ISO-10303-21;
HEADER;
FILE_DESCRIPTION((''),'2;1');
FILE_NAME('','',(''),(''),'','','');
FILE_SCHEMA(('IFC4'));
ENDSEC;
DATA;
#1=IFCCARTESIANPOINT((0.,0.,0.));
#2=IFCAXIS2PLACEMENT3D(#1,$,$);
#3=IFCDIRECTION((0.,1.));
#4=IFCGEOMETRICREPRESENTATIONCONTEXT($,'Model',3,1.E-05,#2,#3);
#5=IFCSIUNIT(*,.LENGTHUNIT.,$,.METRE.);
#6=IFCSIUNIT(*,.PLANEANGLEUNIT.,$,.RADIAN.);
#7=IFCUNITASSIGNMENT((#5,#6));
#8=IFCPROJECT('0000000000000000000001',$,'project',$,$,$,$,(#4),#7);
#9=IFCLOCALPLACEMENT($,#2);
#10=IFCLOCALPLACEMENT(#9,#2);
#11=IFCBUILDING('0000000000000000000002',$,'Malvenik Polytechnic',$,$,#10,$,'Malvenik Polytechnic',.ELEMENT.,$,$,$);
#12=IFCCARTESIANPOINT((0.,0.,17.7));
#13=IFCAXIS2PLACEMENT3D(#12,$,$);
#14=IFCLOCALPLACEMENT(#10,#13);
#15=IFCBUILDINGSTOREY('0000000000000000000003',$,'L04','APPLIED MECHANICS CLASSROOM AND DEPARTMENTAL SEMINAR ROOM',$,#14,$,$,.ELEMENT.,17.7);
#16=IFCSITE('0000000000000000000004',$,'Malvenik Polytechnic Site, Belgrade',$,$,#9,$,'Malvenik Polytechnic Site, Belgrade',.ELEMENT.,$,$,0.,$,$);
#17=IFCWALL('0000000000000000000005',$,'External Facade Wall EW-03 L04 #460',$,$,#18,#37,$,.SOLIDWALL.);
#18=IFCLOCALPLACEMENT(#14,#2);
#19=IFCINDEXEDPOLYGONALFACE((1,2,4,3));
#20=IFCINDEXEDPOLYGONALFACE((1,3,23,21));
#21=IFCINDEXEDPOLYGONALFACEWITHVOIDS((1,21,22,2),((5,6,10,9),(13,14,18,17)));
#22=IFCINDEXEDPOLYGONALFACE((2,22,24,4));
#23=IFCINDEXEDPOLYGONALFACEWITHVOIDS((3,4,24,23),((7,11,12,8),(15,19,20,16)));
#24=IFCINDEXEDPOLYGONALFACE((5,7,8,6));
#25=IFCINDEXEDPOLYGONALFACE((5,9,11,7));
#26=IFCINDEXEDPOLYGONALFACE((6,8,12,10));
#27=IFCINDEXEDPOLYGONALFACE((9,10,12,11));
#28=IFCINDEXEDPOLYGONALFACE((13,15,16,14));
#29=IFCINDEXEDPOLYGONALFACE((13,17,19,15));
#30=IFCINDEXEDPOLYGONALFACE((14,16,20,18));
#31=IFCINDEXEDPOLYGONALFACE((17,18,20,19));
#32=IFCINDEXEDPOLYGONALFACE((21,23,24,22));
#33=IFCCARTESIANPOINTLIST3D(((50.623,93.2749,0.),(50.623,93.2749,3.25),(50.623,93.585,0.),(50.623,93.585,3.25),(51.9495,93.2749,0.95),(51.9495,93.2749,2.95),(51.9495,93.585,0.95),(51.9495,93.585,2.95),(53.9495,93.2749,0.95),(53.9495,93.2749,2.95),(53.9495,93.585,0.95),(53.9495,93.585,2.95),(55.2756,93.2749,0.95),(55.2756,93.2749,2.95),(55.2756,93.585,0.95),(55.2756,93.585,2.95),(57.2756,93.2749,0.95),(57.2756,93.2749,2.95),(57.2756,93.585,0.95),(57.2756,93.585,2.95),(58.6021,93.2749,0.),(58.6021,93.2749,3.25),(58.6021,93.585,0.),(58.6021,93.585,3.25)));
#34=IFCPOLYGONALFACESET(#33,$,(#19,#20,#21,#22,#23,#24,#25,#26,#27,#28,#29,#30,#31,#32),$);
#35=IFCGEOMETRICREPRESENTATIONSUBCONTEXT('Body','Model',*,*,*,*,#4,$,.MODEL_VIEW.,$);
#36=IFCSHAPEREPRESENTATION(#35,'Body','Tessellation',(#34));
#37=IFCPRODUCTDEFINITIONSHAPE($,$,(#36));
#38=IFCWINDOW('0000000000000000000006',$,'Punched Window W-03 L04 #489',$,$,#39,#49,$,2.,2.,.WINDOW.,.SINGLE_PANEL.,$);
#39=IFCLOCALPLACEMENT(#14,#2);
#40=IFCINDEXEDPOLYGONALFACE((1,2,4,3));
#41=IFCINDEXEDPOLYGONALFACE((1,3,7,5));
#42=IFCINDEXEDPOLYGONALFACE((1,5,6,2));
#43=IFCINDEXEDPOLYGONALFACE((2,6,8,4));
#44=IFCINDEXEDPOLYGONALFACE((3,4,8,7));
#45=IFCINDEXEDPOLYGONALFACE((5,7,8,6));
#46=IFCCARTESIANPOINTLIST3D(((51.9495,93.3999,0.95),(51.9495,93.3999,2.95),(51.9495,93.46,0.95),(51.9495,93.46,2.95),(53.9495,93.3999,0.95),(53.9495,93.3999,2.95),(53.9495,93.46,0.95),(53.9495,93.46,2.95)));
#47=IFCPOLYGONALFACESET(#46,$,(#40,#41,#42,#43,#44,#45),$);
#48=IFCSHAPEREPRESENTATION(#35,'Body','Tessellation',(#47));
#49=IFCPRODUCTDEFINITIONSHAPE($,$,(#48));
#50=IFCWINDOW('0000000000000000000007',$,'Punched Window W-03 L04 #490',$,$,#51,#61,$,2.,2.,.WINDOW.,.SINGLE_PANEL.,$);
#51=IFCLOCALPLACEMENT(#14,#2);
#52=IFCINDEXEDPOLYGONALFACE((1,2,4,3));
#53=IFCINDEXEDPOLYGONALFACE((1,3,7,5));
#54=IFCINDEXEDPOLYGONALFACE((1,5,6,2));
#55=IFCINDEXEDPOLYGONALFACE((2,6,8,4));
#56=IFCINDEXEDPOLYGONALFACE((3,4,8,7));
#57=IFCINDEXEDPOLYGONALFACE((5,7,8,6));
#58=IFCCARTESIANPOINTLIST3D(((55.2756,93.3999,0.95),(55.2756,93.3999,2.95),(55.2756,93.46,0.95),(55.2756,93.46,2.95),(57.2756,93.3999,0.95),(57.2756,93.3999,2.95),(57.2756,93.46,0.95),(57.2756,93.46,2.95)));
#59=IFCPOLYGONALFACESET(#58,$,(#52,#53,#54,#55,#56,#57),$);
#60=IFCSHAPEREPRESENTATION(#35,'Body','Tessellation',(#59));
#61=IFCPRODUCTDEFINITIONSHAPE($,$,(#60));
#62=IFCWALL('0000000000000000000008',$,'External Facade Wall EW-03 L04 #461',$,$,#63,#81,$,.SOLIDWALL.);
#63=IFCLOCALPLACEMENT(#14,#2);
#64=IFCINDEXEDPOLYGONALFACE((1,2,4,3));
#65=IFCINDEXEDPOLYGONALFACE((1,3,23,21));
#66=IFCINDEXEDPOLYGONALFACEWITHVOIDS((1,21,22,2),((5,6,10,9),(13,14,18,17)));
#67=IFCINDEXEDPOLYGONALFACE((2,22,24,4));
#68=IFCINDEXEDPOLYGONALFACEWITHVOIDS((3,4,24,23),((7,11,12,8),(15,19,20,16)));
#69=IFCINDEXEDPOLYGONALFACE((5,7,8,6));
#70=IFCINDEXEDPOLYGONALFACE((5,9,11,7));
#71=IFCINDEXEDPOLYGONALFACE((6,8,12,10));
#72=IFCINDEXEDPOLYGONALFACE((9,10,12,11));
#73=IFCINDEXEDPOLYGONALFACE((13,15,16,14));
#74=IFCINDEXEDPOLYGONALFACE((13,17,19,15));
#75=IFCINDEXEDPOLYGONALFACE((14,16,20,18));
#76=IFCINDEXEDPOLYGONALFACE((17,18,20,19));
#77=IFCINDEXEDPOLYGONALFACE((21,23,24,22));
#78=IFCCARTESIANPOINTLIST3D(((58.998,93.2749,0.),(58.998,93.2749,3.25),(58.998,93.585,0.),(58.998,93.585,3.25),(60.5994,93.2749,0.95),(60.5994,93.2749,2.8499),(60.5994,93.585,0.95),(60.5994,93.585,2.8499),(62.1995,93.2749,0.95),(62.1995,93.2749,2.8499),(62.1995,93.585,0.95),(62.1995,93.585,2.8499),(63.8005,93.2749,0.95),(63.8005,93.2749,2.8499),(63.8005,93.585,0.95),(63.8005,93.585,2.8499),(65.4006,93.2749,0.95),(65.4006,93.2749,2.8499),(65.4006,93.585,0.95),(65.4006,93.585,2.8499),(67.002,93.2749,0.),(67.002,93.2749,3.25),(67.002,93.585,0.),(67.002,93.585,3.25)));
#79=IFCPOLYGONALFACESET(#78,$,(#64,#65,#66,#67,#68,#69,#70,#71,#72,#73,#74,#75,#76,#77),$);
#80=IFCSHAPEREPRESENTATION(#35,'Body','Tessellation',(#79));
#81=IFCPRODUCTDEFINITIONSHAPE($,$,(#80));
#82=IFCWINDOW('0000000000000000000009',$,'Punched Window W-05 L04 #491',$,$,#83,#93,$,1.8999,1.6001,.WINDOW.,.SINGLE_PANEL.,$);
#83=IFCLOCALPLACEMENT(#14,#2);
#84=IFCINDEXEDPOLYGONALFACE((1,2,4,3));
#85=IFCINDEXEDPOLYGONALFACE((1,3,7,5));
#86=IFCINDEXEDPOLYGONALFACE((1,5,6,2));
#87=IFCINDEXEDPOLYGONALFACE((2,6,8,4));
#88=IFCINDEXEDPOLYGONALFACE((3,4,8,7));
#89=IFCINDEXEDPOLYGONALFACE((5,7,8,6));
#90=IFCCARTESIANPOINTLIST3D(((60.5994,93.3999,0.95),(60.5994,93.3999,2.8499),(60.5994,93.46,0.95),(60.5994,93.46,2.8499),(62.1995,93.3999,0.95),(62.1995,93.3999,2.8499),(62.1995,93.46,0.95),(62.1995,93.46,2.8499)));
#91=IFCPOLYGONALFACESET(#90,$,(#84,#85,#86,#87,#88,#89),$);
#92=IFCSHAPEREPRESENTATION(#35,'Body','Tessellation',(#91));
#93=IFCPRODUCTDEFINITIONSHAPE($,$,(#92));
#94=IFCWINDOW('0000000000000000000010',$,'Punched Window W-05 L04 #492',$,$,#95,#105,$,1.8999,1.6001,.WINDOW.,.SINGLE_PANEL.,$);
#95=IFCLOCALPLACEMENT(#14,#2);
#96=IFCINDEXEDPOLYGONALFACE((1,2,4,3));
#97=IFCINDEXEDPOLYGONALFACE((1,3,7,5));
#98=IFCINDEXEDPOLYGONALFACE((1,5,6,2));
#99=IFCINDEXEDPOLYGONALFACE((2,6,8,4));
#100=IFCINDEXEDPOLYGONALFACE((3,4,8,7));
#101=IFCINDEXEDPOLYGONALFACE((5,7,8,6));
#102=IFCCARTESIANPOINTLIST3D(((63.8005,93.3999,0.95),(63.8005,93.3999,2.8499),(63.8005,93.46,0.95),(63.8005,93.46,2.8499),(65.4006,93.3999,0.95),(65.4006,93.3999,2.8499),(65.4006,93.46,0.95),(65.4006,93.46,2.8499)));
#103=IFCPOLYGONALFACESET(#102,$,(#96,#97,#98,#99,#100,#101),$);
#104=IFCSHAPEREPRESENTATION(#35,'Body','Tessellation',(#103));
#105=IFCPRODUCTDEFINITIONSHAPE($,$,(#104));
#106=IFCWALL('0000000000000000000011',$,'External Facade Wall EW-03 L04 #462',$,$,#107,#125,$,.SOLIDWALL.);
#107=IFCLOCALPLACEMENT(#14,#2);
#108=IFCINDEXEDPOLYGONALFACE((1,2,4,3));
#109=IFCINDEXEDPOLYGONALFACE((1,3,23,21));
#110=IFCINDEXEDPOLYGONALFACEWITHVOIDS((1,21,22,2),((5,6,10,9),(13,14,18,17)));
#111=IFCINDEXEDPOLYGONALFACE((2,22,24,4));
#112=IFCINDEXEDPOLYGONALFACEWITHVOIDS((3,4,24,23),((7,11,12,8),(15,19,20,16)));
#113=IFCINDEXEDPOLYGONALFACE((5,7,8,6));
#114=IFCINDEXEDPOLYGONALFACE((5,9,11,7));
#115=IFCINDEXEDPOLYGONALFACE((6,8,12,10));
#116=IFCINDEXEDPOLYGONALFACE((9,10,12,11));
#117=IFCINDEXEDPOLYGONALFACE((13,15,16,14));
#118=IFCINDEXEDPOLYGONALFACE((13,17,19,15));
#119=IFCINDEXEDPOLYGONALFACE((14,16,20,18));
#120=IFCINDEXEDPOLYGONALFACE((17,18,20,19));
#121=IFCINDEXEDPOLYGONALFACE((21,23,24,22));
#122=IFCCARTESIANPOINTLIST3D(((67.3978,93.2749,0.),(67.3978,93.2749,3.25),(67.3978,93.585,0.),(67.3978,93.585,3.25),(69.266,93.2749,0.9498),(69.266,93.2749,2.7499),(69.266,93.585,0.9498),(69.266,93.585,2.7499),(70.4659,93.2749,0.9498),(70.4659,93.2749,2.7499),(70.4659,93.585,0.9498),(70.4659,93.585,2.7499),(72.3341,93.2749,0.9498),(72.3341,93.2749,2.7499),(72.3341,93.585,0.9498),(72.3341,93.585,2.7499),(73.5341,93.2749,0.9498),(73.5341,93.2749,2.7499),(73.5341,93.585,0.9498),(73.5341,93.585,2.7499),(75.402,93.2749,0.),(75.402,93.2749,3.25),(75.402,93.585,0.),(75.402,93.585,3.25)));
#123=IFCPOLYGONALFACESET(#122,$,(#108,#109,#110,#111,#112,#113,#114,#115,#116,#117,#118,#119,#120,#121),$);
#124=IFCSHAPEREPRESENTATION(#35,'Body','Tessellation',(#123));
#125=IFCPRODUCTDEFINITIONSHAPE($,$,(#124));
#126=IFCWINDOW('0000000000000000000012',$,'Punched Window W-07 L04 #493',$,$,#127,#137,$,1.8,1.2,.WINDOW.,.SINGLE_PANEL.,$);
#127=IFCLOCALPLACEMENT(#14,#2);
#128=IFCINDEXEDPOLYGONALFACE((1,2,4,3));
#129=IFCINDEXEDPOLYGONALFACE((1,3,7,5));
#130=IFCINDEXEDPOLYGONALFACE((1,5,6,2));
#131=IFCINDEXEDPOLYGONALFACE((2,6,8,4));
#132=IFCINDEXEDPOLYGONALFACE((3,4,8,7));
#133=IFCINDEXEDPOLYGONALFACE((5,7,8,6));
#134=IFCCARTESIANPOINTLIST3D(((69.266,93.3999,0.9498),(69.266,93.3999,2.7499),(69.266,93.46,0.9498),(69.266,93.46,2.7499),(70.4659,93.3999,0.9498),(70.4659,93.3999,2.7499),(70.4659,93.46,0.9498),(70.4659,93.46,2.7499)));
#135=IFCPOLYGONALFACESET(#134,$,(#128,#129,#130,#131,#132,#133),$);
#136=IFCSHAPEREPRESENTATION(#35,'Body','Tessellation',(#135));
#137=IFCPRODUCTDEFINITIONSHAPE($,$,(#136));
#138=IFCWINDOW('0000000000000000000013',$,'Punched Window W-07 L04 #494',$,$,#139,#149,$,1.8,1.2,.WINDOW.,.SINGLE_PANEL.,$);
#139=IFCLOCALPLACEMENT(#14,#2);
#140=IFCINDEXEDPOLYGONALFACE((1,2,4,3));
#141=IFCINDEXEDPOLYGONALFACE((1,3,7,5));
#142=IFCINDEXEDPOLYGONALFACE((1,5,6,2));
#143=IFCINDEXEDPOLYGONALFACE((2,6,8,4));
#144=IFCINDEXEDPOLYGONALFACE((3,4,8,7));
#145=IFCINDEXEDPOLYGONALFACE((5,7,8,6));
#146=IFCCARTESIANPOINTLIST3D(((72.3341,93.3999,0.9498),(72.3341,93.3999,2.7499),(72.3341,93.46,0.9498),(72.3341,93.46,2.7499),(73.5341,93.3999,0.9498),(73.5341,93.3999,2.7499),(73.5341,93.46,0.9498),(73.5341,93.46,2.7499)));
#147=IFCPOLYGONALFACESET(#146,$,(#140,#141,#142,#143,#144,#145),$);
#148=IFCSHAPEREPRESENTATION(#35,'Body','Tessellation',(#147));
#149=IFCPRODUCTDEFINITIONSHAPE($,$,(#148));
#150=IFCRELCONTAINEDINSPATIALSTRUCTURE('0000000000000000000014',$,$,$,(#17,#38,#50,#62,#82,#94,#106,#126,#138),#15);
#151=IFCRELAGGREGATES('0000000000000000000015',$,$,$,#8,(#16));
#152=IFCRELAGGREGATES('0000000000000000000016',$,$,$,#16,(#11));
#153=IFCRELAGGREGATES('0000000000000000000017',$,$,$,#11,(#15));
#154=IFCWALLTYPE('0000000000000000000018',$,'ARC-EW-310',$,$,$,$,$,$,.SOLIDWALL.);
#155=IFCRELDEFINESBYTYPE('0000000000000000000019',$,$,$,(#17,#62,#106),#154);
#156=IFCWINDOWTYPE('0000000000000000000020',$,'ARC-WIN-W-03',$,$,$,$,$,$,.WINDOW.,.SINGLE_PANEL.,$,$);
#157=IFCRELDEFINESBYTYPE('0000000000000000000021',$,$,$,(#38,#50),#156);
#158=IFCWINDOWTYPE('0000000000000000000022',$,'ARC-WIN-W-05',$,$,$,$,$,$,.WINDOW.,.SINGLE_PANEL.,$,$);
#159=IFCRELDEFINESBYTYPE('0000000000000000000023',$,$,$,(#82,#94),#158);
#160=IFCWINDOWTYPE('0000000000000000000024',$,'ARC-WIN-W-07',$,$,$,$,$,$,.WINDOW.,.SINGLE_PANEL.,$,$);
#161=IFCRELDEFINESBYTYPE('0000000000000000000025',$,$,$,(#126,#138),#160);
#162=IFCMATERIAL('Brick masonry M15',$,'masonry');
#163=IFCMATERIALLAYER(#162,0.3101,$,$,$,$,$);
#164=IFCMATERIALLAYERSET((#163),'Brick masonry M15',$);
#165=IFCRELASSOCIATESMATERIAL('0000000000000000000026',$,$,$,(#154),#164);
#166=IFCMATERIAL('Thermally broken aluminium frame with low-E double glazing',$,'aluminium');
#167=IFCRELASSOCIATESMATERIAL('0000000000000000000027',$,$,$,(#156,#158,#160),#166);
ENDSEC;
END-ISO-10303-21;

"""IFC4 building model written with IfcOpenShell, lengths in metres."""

from ifc_helpers import new_model, si_unit, direction, frame, frame_2d, origin, place, context, subcontext, project, spatial, rectangle, extrude, material, layer, layer_set, type_object, element, fill, save


model = new_model("IFC4")

# Units and contexts
model_context = context("Model", 3, precision=1e-05, world=origin(), true_north=direction((0.0, 1.0)))
body_context = subcontext(model_context, "Body", "Model", "MODEL_VIEW")
ifc_project = project(units=[si_unit("LENGTHUNIT", "METRE"), si_unit("PLANEANGLEUNIT", "RADIAN")], contexts=[model_context])

# Site, building, storey
site_placement = place(None, origin())
site = spatial("IfcSite", under=ifc_project, at=site_placement, Name="Malvenik Polytechnic Site, Belgrade", LongName="Malvenik Polytechnic Site, Belgrade", CompositionType="ELEMENT", RefElevation=0.0)
building_placement = place(site_placement, origin())
building = spatial("IfcBuilding", under=site, at=building_placement, Name="Malvenik Polytechnic", LongName="Malvenik Polytechnic", CompositionType="ELEMENT")
storey_placement = place(building_placement, frame((0.0, 0.0, 17.7)))
storey = spatial("IfcBuildingStorey", under=building, at=storey_placement, Name="L04", Description="APPLIED MECHANICS CLASSROOM AND DEPARTMENTAL SEMINAR ROOM", CompositionType="ELEMENT", Elevation=17.7)

# Walls, openings, windows
ifc_material_1 = material(Name="Brick masonry M15", Category="masonry")
ifc_layer = layer(ifc_material_1, 0.3101)
ifc_layer_set = layer_set([ifc_layer], Name="Brick masonry M15")
wall_type = type_object("IfcWallType", Name="ARC-EW-310", PredefinedType="SOLIDWALL", material=ifc_layer_set)
wall_1_placement = place(storey_placement, frame((50.623, 93.4299, 0.0), z_axis=(0.0, 0.0, 1.0), x_axis=(1.0, 0.0, 0.0)))
wall_1 = element("IfcWall", 1, at=wall_1_placement, inside=storey, type_object=wall_type, Name="External Facade Wall EW-03 L04 #460", PredefinedType="SOLIDWALL", context=body_context, shape_type="SweptSolid", body=[
    extrude(rectangle(XDim=7.979, YDim=0.3101, at=frame_2d((3.9895, 0.0))), origin(), (0.0, 0.0, 1.0), 3.25),
])
opening_1_placement = place(wall_1_placement, frame((1.3264, 0.0, 0.95)))
opening_1 = element("IfcOpeningElement", 2, at=opening_1_placement, cuts=wall_1, PredefinedType="OPENING", context=body_context, shape_type="SweptSolid", body=[
    extrude(rectangle(XDim=2.0, YDim=2.0, at=frame_2d((1.0, 1.0))), frame((0.0, 0.165, 0.0), z_axis=(0.0, -1.0, 0.0), x_axis=(1.0, 0.0, 0.0)), (0.0, 0.0, 1.0), 0.3301),
])
opening_2_placement = place(wall_1_placement, frame((4.6526, 0.0, 0.95)))
opening_2 = element("IfcOpeningElement", 3, at=opening_2_placement, cuts=wall_1, PredefinedType="OPENING", context=body_context, shape_type="SweptSolid", body=[
    extrude(rectangle(XDim=2.0, YDim=2.0, at=frame_2d((1.0, 1.0))), frame((0.0, 0.165, 0.0), z_axis=(0.0, -1.0, 0.0), x_axis=(1.0, 0.0, 0.0)), (0.0, 0.0, 1.0), 0.3301),
])
ifc_material_2 = material(Name="Thermally broken aluminium frame with low-E double glazing", Category="aluminium")
window_type_1 = type_object("IfcWindowType", Name="ARC-WIN-W-03", PartitioningType="SINGLE_PANEL", PredefinedType="WINDOW", material=ifc_material_2)
window_1_placement = place(opening_1_placement, origin())
window_1 = element("IfcWindow", 4, at=window_1_placement, inside=storey, type_object=window_type_1, Name="Punched Window W-03 L04 #489", OverallHeight=2.0, OverallWidth=2.0, PartitioningType="SINGLE_PANEL", PredefinedType="WINDOW", context=body_context, shape_type="SweptSolid", body=[
    extrude(rectangle(XDim=2.0, YDim=2.0, at=frame_2d((1.0, 1.0))), frame((0.0, 0.03, 0.0), z_axis=(0.0, -1.0, 0.0), x_axis=(1.0, 0.0, 0.0)), (0.0, 0.0, 1.0), 0.0601),
])
fill(opening_1, window_1)
window_2_placement = place(opening_2_placement, origin())
window_2 = element("IfcWindow", 5, at=window_2_placement, inside=storey, type_object=window_type_1, Name="Punched Window W-03 L04 #490", OverallHeight=2.0, OverallWidth=2.0, PartitioningType="SINGLE_PANEL", PredefinedType="WINDOW", context=body_context, shape_type="SweptSolid", body=[
    extrude(rectangle(XDim=2.0, YDim=2.0, at=frame_2d((1.0, 1.0))), frame((0.0, 0.03, 0.0), z_axis=(0.0, -1.0, 0.0), x_axis=(1.0, 0.0, 0.0)), (0.0, 0.0, 1.0), 0.0601),
])
fill(opening_2, window_2)
wall_2_placement = place(storey_placement, frame((58.998, 93.4299, 0.0), z_axis=(0.0, 0.0, 1.0), x_axis=(1.0, 0.0, 0.0)))
wall_2 = element("IfcWall", 6, at=wall_2_placement, inside=storey, type_object=wall_type, Name="External Facade Wall EW-03 L04 #461", PredefinedType="SOLIDWALL", context=body_context, shape_type="SweptSolid", body=[
    extrude(rectangle(XDim=8.0039, YDim=0.3101, at=frame_2d((4.002, 0.0))), origin(), (0.0, 0.0, 1.0), 3.25),
])
opening_3_placement = place(wall_2_placement, frame((1.6013, 0.0, 0.95)))
opening_3 = element("IfcOpeningElement", 7, at=opening_3_placement, cuts=wall_2, PredefinedType="OPENING", context=body_context, shape_type="SweptSolid", body=[
    extrude(rectangle(XDim=1.6001, YDim=1.8999, at=frame_2d((0.8, 0.95))), frame((0.0, 0.165, 0.0), z_axis=(0.0, -1.0, 0.0), x_axis=(1.0, 0.0, 0.0)), (0.0, 0.0, 1.0), 0.3301),
])
opening_4_placement = place(wall_2_placement, frame((4.8025, 0.0, 0.95)))
opening_4 = element("IfcOpeningElement", 8, at=opening_4_placement, cuts=wall_2, PredefinedType="OPENING", context=body_context, shape_type="SweptSolid", body=[
    extrude(rectangle(XDim=1.6001, YDim=1.8999, at=frame_2d((0.8, 0.95))), frame((0.0, 0.165, 0.0), z_axis=(0.0, -1.0, 0.0), x_axis=(1.0, 0.0, 0.0)), (0.0, 0.0, 1.0), 0.3301),
])
window_type_2 = type_object("IfcWindowType", Name="ARC-WIN-W-05", PartitioningType="SINGLE_PANEL", PredefinedType="WINDOW", material=ifc_material_2)
window_3_placement = place(opening_3_placement, origin())
window_3 = element("IfcWindow", 9, at=window_3_placement, inside=storey, type_object=window_type_2, Name="Punched Window W-05 L04 #491", OverallHeight=1.8999, OverallWidth=1.6001, PartitioningType="SINGLE_PANEL", PredefinedType="WINDOW", context=body_context, shape_type="SweptSolid", body=[
    extrude(rectangle(XDim=1.6001, YDim=1.8999, at=frame_2d((0.8, 0.95))), frame((0.0, 0.03, 0.0), z_axis=(0.0, -1.0, 0.0), x_axis=(1.0, 0.0, 0.0)), (0.0, 0.0, 1.0), 0.0601),
])
fill(opening_3, window_3)
window_4_placement = place(opening_4_placement, origin())
window_4 = element("IfcWindow", 10, at=window_4_placement, inside=storey, type_object=window_type_2, Name="Punched Window W-05 L04 #492", OverallHeight=1.8999, OverallWidth=1.6001, PartitioningType="SINGLE_PANEL", PredefinedType="WINDOW", context=body_context, shape_type="SweptSolid", body=[
    extrude(rectangle(XDim=1.6001, YDim=1.8999, at=frame_2d((0.8, 0.95))), frame((0.0, 0.03, 0.0), z_axis=(0.0, -1.0, 0.0), x_axis=(1.0, 0.0, 0.0)), (0.0, 0.0, 1.0), 0.0601),
])
fill(opening_4, window_4)
wall_3_placement = place(storey_placement, frame((67.3979, 93.4299, 0.0), z_axis=(0.0, 0.0, 1.0), x_axis=(1.0, 0.0, 0.0)))
wall_3 = element("IfcWall", 11, at=wall_3_placement, inside=storey, type_object=wall_type, Name="External Facade Wall EW-03 L04 #462", PredefinedType="SOLIDWALL", context=body_context, shape_type="SweptSolid", body=[
    extrude(rectangle(XDim=8.0042, YDim=0.3101, at=frame_2d((4.002, 0.0))), origin(), (0.0, 0.0, 1.0), 3.25),
])
opening_5_placement = place(wall_3_placement, frame((1.8679, 0.0, 0.95)))
opening_5 = element("IfcOpeningElement", 12, at=opening_5_placement, cuts=wall_3, PredefinedType="OPENING", context=body_context, shape_type="SweptSolid", body=[
    extrude(rectangle(XDim=1.2, YDim=1.8, at=frame_2d((0.6001, 0.8999))), frame((0.0, 0.165, 0.0), z_axis=(0.0, -1.0, 0.0), x_axis=(1.0, 0.0, 0.0)), (0.0, 0.0, 1.0), 0.3301),
])
opening_6_placement = place(wall_3_placement, frame((4.936, 0.0, 0.95)))
opening_6 = element("IfcOpeningElement", 13, at=opening_6_placement, cuts=wall_3, PredefinedType="OPENING", context=body_context, shape_type="SweptSolid", body=[
    extrude(rectangle(XDim=1.2, YDim=1.8, at=frame_2d((0.6001, 0.8999))), frame((0.0, 0.165, 0.0), z_axis=(0.0, -1.0, 0.0), x_axis=(1.0, 0.0, 0.0)), (0.0, 0.0, 1.0), 0.3301),
])
window_type_3 = type_object("IfcWindowType", Name="ARC-WIN-W-07", PartitioningType="SINGLE_PANEL", PredefinedType="WINDOW", material=ifc_material_2)
window_5_placement = place(opening_5_placement, origin())
window_5 = element("IfcWindow", 14, at=window_5_placement, inside=storey, type_object=window_type_3, Name="Punched Window W-07 L04 #493", OverallHeight=1.8, OverallWidth=1.2, PartitioningType="SINGLE_PANEL", PredefinedType="WINDOW", context=body_context, shape_type="SweptSolid", body=[
    extrude(rectangle(XDim=1.2, YDim=1.8, at=frame_2d((0.6001, 0.8999))), frame((0.0, 0.03, 0.0), z_axis=(0.0, -1.0, 0.0), x_axis=(1.0, 0.0, 0.0)), (0.0, 0.0, 1.0), 0.0601),
])
fill(opening_5, window_5)
window_6_placement = place(opening_6_placement, origin())
window_6 = element("IfcWindow", 15, at=window_6_placement, inside=storey, type_object=window_type_3, Name="Punched Window W-07 L04 #494", OverallHeight=1.8, OverallWidth=1.2, PartitioningType="SINGLE_PANEL", PredefinedType="WINDOW", context=body_context, shape_type="SweptSolid", body=[
    extrude(rectangle(XDim=1.2, YDim=1.8, at=frame_2d((0.6001, 0.8999))), frame((0.0, 0.03, 0.0), z_axis=(0.0, -1.0, 0.0), x_axis=(1.0, 0.0, 0.0)), (0.0, 0.0, 1.0), 0.0601),
])
fill(opening_6, window_6)

save(model, "model.ifc")
